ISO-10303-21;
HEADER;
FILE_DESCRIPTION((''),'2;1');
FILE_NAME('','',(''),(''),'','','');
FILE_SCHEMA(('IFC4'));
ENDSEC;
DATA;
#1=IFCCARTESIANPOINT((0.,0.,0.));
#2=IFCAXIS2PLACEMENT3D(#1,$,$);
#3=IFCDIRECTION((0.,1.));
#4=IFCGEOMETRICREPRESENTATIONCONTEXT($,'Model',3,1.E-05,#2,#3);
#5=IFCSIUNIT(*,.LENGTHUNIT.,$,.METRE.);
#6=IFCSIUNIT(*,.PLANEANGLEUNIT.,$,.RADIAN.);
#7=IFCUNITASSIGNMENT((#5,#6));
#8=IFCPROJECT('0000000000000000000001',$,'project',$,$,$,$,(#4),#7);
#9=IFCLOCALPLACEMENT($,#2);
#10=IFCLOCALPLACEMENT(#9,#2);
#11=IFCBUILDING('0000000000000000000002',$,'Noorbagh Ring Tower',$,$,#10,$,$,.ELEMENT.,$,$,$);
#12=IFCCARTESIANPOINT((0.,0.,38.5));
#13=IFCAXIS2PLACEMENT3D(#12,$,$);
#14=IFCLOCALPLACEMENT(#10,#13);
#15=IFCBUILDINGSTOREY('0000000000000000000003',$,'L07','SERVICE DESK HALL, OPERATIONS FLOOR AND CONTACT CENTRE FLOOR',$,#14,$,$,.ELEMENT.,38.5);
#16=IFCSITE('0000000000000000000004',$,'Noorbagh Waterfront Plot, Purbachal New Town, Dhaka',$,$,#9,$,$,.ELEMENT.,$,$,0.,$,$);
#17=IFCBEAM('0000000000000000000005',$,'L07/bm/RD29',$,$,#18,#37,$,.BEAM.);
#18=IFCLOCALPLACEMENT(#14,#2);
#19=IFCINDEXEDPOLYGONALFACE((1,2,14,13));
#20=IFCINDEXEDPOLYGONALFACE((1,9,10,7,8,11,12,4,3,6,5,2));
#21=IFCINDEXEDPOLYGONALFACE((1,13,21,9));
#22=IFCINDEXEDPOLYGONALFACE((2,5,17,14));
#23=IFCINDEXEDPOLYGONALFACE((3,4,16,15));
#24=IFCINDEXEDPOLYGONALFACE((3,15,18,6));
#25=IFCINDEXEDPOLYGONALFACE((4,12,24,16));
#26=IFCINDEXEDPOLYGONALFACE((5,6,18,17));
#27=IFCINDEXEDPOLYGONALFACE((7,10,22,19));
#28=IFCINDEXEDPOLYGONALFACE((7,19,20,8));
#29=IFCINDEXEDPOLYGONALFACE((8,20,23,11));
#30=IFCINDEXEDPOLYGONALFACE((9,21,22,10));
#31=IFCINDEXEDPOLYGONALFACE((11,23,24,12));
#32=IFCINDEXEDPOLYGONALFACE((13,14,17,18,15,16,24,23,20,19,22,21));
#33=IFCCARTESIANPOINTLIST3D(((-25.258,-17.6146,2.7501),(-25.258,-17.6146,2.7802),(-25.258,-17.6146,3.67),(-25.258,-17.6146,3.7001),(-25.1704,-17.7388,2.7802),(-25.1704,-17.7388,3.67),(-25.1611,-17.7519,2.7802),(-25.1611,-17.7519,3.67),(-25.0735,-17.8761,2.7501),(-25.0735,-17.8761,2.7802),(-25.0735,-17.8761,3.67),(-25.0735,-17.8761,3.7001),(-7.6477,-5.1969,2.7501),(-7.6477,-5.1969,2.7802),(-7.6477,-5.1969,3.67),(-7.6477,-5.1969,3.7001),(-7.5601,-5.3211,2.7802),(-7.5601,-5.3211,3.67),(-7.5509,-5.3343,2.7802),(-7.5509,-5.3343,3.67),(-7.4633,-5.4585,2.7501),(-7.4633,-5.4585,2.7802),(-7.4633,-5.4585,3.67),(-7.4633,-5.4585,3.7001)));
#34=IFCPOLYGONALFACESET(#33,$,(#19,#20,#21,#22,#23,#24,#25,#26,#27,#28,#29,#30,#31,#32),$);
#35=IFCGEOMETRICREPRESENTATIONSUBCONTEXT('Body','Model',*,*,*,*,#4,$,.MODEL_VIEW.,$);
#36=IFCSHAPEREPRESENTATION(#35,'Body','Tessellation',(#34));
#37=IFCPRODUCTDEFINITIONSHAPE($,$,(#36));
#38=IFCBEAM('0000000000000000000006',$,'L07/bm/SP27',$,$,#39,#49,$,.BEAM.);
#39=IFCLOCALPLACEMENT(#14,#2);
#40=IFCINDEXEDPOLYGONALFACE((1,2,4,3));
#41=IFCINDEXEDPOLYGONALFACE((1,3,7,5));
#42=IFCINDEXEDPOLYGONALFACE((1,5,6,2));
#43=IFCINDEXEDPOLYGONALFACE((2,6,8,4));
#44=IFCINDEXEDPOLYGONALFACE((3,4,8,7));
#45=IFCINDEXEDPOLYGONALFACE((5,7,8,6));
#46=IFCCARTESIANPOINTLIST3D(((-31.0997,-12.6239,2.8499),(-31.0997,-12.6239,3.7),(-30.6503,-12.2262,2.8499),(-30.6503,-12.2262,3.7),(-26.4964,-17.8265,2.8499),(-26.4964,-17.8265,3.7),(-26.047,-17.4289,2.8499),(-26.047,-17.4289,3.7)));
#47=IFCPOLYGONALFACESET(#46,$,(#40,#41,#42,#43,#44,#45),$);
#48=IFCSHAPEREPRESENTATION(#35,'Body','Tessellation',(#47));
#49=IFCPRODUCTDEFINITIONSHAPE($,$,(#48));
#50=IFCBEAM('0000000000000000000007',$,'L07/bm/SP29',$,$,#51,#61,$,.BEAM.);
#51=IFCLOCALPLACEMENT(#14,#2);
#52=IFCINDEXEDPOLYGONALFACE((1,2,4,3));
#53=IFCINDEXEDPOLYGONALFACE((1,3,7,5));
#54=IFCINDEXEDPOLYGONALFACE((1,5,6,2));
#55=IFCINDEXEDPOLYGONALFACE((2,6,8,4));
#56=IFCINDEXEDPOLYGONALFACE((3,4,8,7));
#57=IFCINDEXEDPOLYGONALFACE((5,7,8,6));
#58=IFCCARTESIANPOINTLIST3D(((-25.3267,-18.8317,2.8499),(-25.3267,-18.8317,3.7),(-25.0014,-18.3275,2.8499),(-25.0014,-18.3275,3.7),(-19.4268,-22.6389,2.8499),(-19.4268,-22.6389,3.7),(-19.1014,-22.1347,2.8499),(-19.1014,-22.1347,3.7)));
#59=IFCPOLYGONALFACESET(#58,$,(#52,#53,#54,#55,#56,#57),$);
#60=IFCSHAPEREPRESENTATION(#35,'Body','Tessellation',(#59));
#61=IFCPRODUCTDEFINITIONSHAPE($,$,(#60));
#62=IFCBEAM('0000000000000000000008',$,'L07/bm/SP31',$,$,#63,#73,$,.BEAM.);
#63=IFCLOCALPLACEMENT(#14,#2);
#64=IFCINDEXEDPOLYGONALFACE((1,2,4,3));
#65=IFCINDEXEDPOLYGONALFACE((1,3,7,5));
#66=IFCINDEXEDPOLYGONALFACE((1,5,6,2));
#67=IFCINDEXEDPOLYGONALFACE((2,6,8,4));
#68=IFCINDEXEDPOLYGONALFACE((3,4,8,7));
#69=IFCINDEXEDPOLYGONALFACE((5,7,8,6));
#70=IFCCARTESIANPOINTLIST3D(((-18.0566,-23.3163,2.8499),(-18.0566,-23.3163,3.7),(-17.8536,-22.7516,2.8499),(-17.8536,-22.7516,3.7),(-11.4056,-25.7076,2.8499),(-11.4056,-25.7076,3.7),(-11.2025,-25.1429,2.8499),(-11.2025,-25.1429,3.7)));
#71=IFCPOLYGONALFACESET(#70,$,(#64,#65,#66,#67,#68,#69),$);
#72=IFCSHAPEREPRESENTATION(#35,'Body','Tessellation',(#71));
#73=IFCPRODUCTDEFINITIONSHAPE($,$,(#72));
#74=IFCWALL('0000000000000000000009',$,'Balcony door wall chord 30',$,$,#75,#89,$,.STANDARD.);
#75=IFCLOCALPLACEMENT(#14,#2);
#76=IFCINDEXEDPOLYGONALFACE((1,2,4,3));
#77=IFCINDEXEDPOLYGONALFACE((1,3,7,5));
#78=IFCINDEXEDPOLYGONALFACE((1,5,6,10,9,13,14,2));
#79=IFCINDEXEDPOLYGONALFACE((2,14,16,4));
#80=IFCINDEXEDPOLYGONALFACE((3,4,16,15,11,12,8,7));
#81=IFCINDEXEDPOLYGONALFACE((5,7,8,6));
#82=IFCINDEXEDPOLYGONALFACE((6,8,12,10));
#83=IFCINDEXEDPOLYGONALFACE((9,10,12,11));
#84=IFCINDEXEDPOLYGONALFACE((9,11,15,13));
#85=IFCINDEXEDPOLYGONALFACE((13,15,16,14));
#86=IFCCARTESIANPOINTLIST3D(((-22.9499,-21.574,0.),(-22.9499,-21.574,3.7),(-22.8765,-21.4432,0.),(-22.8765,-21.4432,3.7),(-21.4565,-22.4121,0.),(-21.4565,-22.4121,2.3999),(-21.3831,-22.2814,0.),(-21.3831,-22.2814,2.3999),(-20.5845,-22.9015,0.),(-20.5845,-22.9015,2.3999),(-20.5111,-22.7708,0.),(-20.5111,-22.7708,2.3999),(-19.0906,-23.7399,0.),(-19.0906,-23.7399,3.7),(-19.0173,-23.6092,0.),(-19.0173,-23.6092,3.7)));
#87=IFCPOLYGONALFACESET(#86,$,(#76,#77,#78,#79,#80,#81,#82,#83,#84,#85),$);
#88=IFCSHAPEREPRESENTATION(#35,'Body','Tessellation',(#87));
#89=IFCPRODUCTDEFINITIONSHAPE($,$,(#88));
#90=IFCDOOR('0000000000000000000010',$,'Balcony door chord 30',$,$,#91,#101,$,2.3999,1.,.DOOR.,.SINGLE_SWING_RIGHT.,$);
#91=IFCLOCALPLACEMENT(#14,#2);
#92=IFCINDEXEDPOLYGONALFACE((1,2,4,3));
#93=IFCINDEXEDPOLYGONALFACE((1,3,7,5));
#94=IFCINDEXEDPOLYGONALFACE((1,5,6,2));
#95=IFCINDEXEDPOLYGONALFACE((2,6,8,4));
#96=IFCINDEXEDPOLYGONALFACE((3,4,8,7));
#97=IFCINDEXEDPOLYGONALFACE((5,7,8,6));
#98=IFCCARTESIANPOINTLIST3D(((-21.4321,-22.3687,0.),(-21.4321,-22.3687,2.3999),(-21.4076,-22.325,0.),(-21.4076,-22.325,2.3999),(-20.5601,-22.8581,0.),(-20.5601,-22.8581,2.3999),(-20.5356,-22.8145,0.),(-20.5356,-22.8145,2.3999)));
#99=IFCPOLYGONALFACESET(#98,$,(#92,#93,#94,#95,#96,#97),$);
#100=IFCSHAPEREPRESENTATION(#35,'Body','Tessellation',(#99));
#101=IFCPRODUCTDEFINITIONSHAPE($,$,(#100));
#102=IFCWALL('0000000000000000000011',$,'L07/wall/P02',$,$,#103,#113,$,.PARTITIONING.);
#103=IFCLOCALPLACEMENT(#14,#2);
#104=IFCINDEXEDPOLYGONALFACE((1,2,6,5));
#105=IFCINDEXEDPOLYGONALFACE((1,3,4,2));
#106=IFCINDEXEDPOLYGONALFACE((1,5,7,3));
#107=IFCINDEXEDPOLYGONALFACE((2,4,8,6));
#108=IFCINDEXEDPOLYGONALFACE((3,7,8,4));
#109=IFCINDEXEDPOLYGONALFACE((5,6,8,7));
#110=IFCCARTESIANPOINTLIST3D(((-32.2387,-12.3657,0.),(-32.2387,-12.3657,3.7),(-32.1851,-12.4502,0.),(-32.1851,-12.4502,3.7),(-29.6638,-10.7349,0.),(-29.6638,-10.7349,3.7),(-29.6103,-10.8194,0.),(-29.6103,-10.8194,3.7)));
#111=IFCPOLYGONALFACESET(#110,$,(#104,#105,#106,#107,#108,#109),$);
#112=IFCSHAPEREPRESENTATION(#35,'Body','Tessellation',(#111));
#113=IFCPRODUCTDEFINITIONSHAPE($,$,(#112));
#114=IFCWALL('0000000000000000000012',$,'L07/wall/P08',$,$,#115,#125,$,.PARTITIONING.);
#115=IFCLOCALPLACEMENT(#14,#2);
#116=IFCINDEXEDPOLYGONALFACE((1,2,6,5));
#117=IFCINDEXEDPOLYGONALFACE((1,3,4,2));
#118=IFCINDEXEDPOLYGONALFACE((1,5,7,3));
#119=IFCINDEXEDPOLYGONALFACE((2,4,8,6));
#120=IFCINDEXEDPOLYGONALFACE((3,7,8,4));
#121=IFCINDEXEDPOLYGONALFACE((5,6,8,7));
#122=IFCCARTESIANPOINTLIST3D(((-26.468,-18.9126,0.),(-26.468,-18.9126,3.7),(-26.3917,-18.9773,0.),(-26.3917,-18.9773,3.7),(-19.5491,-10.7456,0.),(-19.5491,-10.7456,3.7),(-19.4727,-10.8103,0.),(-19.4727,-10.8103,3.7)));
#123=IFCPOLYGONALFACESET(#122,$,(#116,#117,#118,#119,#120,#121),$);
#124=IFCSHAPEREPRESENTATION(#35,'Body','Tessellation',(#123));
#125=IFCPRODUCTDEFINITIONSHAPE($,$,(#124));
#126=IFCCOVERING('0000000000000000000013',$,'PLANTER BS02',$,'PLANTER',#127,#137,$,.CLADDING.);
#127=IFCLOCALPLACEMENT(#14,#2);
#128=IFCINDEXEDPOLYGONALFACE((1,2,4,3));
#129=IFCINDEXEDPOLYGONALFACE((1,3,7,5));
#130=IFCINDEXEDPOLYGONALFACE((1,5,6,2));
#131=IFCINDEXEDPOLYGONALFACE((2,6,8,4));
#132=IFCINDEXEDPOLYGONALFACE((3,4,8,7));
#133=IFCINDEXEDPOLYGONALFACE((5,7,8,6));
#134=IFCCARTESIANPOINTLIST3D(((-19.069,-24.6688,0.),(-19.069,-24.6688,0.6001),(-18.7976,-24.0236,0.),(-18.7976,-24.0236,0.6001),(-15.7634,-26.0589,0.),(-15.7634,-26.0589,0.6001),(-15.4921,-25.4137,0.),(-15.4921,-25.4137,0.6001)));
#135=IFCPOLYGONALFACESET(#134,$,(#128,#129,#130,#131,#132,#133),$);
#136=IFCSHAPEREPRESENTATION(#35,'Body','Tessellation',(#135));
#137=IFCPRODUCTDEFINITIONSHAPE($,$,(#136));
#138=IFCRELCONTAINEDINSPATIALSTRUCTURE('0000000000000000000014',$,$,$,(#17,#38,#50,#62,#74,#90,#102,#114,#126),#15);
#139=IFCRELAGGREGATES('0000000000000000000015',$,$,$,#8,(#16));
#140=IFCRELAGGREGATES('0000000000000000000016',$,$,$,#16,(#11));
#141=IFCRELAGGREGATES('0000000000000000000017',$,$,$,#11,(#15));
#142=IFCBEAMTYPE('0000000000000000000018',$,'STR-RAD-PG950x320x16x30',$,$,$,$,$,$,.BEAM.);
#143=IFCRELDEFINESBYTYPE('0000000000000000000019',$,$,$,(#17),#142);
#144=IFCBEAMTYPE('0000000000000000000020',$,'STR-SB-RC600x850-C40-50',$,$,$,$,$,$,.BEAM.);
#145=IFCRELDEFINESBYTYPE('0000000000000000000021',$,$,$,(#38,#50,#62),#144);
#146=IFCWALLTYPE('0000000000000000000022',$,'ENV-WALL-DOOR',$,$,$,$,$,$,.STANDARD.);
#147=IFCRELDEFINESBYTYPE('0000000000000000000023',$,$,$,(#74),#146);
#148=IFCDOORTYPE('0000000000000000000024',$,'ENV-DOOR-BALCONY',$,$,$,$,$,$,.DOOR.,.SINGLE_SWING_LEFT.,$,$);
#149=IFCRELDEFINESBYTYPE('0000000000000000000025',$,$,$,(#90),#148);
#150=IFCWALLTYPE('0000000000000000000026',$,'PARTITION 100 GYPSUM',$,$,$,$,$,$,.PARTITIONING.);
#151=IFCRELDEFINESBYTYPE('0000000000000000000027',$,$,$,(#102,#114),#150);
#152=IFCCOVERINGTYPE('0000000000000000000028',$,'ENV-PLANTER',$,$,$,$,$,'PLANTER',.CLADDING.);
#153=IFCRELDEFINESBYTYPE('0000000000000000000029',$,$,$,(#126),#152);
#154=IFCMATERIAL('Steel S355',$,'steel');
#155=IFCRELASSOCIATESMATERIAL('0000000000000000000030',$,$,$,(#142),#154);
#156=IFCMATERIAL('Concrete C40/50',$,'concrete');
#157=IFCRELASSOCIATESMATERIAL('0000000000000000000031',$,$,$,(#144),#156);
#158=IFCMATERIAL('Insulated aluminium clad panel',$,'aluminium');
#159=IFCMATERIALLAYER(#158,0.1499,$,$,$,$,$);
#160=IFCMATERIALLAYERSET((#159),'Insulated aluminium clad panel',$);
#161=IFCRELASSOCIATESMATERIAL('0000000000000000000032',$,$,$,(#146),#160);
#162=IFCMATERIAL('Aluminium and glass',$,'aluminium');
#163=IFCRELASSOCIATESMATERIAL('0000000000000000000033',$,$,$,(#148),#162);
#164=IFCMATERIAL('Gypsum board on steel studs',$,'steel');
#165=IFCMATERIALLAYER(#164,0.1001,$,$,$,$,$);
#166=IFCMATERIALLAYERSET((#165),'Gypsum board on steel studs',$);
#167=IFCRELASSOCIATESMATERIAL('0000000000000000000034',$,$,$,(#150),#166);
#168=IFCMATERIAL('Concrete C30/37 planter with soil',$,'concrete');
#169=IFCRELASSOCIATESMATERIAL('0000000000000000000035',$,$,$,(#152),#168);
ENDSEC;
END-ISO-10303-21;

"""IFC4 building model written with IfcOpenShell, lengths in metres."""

from ifc_helpers import new_model, si_unit, direction, frame, frame_2d, origin, origin_2d, place, context, subcontext, project, spatial, rectangle, i_section, extrude, material, layer, layer_set, material_profile, profile_set, type_object, element, fill, save


model = new_model("IFC4")

# Units and contexts
model_context = context("Model", 3, precision=1e-05, world=origin(), true_north=direction((0.0, 1.0)))
body_context = subcontext(model_context, "Body", "Model", "MODEL_VIEW")
ifc_project = project(units=[si_unit("LENGTHUNIT", "METRE"), si_unit("PLANEANGLEUNIT", "RADIAN")], contexts=[model_context])

# Site, building, storey
site_placement = place(None, origin())
site = spatial("IfcSite", under=ifc_project, at=site_placement, Name="Noorbagh Waterfront Plot, Purbachal New Town, Dhaka", CompositionType="ELEMENT", RefElevation=0.0)
building_placement = place(site_placement, origin())
building = spatial("IfcBuilding", under=site, at=building_placement, Name="Noorbagh Ring Tower", CompositionType="ELEMENT")
storey_placement = place(building_placement, frame((0.0, 0.0, 38.5)))
storey = spatial("IfcBuildingStorey", under=building, at=storey_placement, Name="L07", Description="SERVICE DESK HALL, OPERATIONS FLOOR AND CONTACT CENTRE FLOOR", CompositionType="ELEMENT", Elevation=38.5)

# Beams
ifc_material_1 = material(Name="Steel S355", Category="steel")
ifc_material_profile_1 = material_profile(ifc_material_1, i_section(OverallWidth=0.3201, OverallDepth=0.95, WebThickness=0.0161, FlangeThickness=0.03, at=origin_2d()), Name="PG950x320x16x30")
ifc_profile_set_1 = profile_set([ifc_material_profile_1], Name="Steel S355")
beam_type_1 = type_object("IfcBeamType", Name="STR-RAD-PG950x320x16x30", PredefinedType="BEAM", material=ifc_profile_set_1)
beam_1_placement = place(storey_placement, frame((-25.1658, -17.7454, 3.2251), z_axis=(0.817254, 0.576277, 0.0), x_axis=(-0.576277, 0.817254, 0.0)))
element("IfcBeam", 1, at=beam_1_placement, inside=storey, type_object=beam_type_1, Name="L07/bm/RD29", PredefinedType="BEAM", context=body_context, shape_type="SweptSolid", body=[
    extrude(i_section(OverallWidth=0.3201, OverallDepth=0.95, WebThickness=0.0161, FlangeThickness=0.03, at=origin_2d()), origin(), (0.0, 0.0, 1.0), 21.5481),
])
ifc_material_2 = material(Name="Concrete C40/50", Category="concrete")
ifc_material_profile_2 = material_profile(ifc_material_2, rectangle(XDim=0.6001, YDim=0.8501, at=origin_2d()), Name="RC600x850")
ifc_profile_set_2 = profile_set([ifc_material_profile_2], Name="Concrete C40/50")
beam_type_2 = type_object("IfcBeamType", Name="STR-SB-RC600x850-C40-50", PredefinedType="BEAM", material=ifc_profile_set_2)
beam_2_placement = place(storey_placement, frame((-30.875, -12.425, 3.2749), z_axis=(0.66265, -0.748929, 0.0), x_axis=(0.748929, 0.66265, 0.0)))
element("IfcBeam", 2, at=beam_2_placement, inside=storey, type_object=beam_type_2, Name="L07/bm/SP27", PredefinedType="BEAM", context=body_context, shape_type="SweptSolid", body=[
    extrude(rectangle(XDim=0.6001, YDim=0.8501, at=origin_2d()), origin(), (0.0, 0.0, 1.0), 6.9468),
])
beam_3_placement = place(storey_placement, frame((-25.1641, -18.5796, 3.2749), z_axis=(0.840249, -0.542201, 0.0), x_axis=(0.542201, 0.840249, 0.0)))
element("IfcBeam", 3, at=beam_3_placement, inside=storey, type_object=beam_type_2, Name="L07/bm/SP29", PredefinedType="BEAM", context=body_context, shape_type="SweptSolid", body=[
    extrude(rectangle(XDim=0.6001, YDim=0.8501, at=origin_2d()), origin(), (0.0, 0.0, 1.0), 7.0217),
])
beam_4_placement = place(storey_placement, frame((-17.9551, -23.0339, 3.2749), z_axis=(0.941025, -0.338338, 0.0), x_axis=(0.338338, 0.941025, 0.0)))
element("IfcBeam", 4, at=beam_4_placement, inside=storey, type_object=beam_type_2, Name="L07/bm/SP31", PredefinedType="BEAM", context=body_context, shape_type="SweptSolid", body=[
    extrude(rectangle(XDim=0.6001, YDim=0.8501, at=origin_2d()), origin(), (0.0, 0.0, 1.0), 7.0679),
])

# Wall, opening, door
ifc_material_3 = material(Name="Insulated aluminium clad panel", Category="aluminium")
ifc_layer_1 = layer(ifc_material_3, 0.1499)
ifc_layer_set_1 = layer_set([ifc_layer_1], Name="Insulated aluminium clad panel")
wall_type_1 = type_object("IfcWallType", Name="ENV-WALL-DOOR", PredefinedType="STANDARD", material=ifc_layer_set_1)
wall_1_placement = place(storey_placement, frame((-22.9133, -21.5085, 0.0), z_axis=(0.0, 0.0, 1.0), x_axis=(0.872047, -0.489423, 0.0)))
wall_1 = element("IfcWall", 5, at=wall_1_placement, inside=storey, type_object=wall_type_1, Name="Balcony door wall chord 30", PredefinedType="STANDARD", context=body_context, shape_type="SweptSolid", body=[
    extrude(rectangle(XDim=4.4255, YDim=0.1499, at=frame_2d((2.2129, 0.0))), origin(), (0.0, 0.0, 1.0), 3.7),
])
opening_placement = place(wall_1_placement, frame((1.7126, 0.0, 0.0)))
opening = element("IfcOpeningElement", 6, at=opening_placement, cuts=wall_1, PredefinedType="OPENING", context=body_context, shape_type="SweptSolid", body=[
    extrude(rectangle(XDim=1.0, YDim=2.3999, at=frame_2d((0.5, 1.2))), frame((0.0, 0.085, 0.0), z_axis=(0.0, -1.0, 0.0), x_axis=(1.0, 0.0, 0.0)), (0.0, 0.0, 1.0), 0.1699),
])
ifc_material_4 = material(Name="Aluminium and glass", Category="aluminium")
door_type = type_object("IfcDoorType", Name="ENV-DOOR-BALCONY", OperationType="SINGLE_SWING_LEFT", PredefinedType="DOOR", material=ifc_material_4)
door_placement = place(opening_placement, origin())
door = element("IfcDoor", 7, at=door_placement, inside=storey, type_object=door_type, Name="Balcony door chord 30", OperationType="SINGLE_SWING_RIGHT", OverallHeight=2.3999, OverallWidth=1.0, PredefinedType="DOOR", context=body_context, shape_type="SweptSolid", body=[
    extrude(rectangle(XDim=1.0, YDim=2.3999, at=frame_2d((0.5, 1.2))), frame((0.0, 0.0249, 0.0), z_axis=(0.0, -1.0, 0.0), x_axis=(1.0, 0.0, 0.0)), (0.0, 0.0, 1.0), 0.05),
])
fill(opening, door)

# Walls
ifc_material_5 = material(Name="Gypsum board on steel studs", Category="steel")
ifc_layer_2 = layer(ifc_material_5, 0.1001)
ifc_layer_set_2 = layer_set([ifc_layer_2], Name="Gypsum board on steel studs")
wall_type_2 = type_object("IfcWallType", Name="PARTITION 100 GYPSUM", PredefinedType="PARTITIONING", material=ifc_layer_set_2)
wall_2_placement = place(storey_placement, frame((-32.2119, -12.408, 0.0), z_axis=(0.0, 0.0, 1.0), x_axis=(0.844811, 0.535065, 0.0)))
element("IfcWall", 8, at=wall_2_placement, inside=storey, type_object=wall_type_2, Name="L07/wall/P02", PredefinedType="PARTITIONING", context=body_context, shape_type="SweptSolid", body=[
    extrude(rectangle(XDim=3.0479, YDim=0.1001, at=frame_2d((1.5239, 0.0))), origin(), (0.0, 0.0, 1.0), 3.7),
])
wall_3_placement = place(storey_placement, frame((-26.4299, -18.9451, 0.0), z_axis=(0.0, 0.0, 1.0), x_axis=(0.6464, 0.762999, 0.0)))
element("IfcWall", 9, at=wall_3_placement, inside=storey, type_object=wall_type_2, Name="L07/wall/P08", PredefinedType="PARTITIONING", context=body_context, shape_type="SweptSolid", body=[
    extrude(rectangle(XDim=10.7039, YDim=0.1001, at=frame_2d((5.3521, 0.0))), origin(), (0.0, 0.0, 1.0), 3.7),
])

# Covering
ifc_material_6 = material(Name="Concrete C30/37 planter with soil", Category="concrete")
covering_type = type_object("IfcCoveringType", Name="ENV-PLANTER", ElementType="PLANTER", PredefinedType="CLADDING", material=ifc_material_6)
covering_placement = place(storey_placement, frame((-17.2805, -25.0413, 0.0), z_axis=(0.0, 0.0, 1.0), x_axis=(0.921812, -0.387638, 0.0)))
element("IfcCovering", 10, at=covering_placement, inside=storey, type_object=covering_type, Name="PLANTER BS02", ObjectType="PLANTER", PredefinedType="CLADDING", context=body_context, shape_type="SweptSolid", body=[
    extrude(rectangle(XDim=3.5859, YDim=0.7, at=origin_2d()), origin(), (0.0, 0.0, 1.0), 0.6001),
])

save(model, "model.ifc")
